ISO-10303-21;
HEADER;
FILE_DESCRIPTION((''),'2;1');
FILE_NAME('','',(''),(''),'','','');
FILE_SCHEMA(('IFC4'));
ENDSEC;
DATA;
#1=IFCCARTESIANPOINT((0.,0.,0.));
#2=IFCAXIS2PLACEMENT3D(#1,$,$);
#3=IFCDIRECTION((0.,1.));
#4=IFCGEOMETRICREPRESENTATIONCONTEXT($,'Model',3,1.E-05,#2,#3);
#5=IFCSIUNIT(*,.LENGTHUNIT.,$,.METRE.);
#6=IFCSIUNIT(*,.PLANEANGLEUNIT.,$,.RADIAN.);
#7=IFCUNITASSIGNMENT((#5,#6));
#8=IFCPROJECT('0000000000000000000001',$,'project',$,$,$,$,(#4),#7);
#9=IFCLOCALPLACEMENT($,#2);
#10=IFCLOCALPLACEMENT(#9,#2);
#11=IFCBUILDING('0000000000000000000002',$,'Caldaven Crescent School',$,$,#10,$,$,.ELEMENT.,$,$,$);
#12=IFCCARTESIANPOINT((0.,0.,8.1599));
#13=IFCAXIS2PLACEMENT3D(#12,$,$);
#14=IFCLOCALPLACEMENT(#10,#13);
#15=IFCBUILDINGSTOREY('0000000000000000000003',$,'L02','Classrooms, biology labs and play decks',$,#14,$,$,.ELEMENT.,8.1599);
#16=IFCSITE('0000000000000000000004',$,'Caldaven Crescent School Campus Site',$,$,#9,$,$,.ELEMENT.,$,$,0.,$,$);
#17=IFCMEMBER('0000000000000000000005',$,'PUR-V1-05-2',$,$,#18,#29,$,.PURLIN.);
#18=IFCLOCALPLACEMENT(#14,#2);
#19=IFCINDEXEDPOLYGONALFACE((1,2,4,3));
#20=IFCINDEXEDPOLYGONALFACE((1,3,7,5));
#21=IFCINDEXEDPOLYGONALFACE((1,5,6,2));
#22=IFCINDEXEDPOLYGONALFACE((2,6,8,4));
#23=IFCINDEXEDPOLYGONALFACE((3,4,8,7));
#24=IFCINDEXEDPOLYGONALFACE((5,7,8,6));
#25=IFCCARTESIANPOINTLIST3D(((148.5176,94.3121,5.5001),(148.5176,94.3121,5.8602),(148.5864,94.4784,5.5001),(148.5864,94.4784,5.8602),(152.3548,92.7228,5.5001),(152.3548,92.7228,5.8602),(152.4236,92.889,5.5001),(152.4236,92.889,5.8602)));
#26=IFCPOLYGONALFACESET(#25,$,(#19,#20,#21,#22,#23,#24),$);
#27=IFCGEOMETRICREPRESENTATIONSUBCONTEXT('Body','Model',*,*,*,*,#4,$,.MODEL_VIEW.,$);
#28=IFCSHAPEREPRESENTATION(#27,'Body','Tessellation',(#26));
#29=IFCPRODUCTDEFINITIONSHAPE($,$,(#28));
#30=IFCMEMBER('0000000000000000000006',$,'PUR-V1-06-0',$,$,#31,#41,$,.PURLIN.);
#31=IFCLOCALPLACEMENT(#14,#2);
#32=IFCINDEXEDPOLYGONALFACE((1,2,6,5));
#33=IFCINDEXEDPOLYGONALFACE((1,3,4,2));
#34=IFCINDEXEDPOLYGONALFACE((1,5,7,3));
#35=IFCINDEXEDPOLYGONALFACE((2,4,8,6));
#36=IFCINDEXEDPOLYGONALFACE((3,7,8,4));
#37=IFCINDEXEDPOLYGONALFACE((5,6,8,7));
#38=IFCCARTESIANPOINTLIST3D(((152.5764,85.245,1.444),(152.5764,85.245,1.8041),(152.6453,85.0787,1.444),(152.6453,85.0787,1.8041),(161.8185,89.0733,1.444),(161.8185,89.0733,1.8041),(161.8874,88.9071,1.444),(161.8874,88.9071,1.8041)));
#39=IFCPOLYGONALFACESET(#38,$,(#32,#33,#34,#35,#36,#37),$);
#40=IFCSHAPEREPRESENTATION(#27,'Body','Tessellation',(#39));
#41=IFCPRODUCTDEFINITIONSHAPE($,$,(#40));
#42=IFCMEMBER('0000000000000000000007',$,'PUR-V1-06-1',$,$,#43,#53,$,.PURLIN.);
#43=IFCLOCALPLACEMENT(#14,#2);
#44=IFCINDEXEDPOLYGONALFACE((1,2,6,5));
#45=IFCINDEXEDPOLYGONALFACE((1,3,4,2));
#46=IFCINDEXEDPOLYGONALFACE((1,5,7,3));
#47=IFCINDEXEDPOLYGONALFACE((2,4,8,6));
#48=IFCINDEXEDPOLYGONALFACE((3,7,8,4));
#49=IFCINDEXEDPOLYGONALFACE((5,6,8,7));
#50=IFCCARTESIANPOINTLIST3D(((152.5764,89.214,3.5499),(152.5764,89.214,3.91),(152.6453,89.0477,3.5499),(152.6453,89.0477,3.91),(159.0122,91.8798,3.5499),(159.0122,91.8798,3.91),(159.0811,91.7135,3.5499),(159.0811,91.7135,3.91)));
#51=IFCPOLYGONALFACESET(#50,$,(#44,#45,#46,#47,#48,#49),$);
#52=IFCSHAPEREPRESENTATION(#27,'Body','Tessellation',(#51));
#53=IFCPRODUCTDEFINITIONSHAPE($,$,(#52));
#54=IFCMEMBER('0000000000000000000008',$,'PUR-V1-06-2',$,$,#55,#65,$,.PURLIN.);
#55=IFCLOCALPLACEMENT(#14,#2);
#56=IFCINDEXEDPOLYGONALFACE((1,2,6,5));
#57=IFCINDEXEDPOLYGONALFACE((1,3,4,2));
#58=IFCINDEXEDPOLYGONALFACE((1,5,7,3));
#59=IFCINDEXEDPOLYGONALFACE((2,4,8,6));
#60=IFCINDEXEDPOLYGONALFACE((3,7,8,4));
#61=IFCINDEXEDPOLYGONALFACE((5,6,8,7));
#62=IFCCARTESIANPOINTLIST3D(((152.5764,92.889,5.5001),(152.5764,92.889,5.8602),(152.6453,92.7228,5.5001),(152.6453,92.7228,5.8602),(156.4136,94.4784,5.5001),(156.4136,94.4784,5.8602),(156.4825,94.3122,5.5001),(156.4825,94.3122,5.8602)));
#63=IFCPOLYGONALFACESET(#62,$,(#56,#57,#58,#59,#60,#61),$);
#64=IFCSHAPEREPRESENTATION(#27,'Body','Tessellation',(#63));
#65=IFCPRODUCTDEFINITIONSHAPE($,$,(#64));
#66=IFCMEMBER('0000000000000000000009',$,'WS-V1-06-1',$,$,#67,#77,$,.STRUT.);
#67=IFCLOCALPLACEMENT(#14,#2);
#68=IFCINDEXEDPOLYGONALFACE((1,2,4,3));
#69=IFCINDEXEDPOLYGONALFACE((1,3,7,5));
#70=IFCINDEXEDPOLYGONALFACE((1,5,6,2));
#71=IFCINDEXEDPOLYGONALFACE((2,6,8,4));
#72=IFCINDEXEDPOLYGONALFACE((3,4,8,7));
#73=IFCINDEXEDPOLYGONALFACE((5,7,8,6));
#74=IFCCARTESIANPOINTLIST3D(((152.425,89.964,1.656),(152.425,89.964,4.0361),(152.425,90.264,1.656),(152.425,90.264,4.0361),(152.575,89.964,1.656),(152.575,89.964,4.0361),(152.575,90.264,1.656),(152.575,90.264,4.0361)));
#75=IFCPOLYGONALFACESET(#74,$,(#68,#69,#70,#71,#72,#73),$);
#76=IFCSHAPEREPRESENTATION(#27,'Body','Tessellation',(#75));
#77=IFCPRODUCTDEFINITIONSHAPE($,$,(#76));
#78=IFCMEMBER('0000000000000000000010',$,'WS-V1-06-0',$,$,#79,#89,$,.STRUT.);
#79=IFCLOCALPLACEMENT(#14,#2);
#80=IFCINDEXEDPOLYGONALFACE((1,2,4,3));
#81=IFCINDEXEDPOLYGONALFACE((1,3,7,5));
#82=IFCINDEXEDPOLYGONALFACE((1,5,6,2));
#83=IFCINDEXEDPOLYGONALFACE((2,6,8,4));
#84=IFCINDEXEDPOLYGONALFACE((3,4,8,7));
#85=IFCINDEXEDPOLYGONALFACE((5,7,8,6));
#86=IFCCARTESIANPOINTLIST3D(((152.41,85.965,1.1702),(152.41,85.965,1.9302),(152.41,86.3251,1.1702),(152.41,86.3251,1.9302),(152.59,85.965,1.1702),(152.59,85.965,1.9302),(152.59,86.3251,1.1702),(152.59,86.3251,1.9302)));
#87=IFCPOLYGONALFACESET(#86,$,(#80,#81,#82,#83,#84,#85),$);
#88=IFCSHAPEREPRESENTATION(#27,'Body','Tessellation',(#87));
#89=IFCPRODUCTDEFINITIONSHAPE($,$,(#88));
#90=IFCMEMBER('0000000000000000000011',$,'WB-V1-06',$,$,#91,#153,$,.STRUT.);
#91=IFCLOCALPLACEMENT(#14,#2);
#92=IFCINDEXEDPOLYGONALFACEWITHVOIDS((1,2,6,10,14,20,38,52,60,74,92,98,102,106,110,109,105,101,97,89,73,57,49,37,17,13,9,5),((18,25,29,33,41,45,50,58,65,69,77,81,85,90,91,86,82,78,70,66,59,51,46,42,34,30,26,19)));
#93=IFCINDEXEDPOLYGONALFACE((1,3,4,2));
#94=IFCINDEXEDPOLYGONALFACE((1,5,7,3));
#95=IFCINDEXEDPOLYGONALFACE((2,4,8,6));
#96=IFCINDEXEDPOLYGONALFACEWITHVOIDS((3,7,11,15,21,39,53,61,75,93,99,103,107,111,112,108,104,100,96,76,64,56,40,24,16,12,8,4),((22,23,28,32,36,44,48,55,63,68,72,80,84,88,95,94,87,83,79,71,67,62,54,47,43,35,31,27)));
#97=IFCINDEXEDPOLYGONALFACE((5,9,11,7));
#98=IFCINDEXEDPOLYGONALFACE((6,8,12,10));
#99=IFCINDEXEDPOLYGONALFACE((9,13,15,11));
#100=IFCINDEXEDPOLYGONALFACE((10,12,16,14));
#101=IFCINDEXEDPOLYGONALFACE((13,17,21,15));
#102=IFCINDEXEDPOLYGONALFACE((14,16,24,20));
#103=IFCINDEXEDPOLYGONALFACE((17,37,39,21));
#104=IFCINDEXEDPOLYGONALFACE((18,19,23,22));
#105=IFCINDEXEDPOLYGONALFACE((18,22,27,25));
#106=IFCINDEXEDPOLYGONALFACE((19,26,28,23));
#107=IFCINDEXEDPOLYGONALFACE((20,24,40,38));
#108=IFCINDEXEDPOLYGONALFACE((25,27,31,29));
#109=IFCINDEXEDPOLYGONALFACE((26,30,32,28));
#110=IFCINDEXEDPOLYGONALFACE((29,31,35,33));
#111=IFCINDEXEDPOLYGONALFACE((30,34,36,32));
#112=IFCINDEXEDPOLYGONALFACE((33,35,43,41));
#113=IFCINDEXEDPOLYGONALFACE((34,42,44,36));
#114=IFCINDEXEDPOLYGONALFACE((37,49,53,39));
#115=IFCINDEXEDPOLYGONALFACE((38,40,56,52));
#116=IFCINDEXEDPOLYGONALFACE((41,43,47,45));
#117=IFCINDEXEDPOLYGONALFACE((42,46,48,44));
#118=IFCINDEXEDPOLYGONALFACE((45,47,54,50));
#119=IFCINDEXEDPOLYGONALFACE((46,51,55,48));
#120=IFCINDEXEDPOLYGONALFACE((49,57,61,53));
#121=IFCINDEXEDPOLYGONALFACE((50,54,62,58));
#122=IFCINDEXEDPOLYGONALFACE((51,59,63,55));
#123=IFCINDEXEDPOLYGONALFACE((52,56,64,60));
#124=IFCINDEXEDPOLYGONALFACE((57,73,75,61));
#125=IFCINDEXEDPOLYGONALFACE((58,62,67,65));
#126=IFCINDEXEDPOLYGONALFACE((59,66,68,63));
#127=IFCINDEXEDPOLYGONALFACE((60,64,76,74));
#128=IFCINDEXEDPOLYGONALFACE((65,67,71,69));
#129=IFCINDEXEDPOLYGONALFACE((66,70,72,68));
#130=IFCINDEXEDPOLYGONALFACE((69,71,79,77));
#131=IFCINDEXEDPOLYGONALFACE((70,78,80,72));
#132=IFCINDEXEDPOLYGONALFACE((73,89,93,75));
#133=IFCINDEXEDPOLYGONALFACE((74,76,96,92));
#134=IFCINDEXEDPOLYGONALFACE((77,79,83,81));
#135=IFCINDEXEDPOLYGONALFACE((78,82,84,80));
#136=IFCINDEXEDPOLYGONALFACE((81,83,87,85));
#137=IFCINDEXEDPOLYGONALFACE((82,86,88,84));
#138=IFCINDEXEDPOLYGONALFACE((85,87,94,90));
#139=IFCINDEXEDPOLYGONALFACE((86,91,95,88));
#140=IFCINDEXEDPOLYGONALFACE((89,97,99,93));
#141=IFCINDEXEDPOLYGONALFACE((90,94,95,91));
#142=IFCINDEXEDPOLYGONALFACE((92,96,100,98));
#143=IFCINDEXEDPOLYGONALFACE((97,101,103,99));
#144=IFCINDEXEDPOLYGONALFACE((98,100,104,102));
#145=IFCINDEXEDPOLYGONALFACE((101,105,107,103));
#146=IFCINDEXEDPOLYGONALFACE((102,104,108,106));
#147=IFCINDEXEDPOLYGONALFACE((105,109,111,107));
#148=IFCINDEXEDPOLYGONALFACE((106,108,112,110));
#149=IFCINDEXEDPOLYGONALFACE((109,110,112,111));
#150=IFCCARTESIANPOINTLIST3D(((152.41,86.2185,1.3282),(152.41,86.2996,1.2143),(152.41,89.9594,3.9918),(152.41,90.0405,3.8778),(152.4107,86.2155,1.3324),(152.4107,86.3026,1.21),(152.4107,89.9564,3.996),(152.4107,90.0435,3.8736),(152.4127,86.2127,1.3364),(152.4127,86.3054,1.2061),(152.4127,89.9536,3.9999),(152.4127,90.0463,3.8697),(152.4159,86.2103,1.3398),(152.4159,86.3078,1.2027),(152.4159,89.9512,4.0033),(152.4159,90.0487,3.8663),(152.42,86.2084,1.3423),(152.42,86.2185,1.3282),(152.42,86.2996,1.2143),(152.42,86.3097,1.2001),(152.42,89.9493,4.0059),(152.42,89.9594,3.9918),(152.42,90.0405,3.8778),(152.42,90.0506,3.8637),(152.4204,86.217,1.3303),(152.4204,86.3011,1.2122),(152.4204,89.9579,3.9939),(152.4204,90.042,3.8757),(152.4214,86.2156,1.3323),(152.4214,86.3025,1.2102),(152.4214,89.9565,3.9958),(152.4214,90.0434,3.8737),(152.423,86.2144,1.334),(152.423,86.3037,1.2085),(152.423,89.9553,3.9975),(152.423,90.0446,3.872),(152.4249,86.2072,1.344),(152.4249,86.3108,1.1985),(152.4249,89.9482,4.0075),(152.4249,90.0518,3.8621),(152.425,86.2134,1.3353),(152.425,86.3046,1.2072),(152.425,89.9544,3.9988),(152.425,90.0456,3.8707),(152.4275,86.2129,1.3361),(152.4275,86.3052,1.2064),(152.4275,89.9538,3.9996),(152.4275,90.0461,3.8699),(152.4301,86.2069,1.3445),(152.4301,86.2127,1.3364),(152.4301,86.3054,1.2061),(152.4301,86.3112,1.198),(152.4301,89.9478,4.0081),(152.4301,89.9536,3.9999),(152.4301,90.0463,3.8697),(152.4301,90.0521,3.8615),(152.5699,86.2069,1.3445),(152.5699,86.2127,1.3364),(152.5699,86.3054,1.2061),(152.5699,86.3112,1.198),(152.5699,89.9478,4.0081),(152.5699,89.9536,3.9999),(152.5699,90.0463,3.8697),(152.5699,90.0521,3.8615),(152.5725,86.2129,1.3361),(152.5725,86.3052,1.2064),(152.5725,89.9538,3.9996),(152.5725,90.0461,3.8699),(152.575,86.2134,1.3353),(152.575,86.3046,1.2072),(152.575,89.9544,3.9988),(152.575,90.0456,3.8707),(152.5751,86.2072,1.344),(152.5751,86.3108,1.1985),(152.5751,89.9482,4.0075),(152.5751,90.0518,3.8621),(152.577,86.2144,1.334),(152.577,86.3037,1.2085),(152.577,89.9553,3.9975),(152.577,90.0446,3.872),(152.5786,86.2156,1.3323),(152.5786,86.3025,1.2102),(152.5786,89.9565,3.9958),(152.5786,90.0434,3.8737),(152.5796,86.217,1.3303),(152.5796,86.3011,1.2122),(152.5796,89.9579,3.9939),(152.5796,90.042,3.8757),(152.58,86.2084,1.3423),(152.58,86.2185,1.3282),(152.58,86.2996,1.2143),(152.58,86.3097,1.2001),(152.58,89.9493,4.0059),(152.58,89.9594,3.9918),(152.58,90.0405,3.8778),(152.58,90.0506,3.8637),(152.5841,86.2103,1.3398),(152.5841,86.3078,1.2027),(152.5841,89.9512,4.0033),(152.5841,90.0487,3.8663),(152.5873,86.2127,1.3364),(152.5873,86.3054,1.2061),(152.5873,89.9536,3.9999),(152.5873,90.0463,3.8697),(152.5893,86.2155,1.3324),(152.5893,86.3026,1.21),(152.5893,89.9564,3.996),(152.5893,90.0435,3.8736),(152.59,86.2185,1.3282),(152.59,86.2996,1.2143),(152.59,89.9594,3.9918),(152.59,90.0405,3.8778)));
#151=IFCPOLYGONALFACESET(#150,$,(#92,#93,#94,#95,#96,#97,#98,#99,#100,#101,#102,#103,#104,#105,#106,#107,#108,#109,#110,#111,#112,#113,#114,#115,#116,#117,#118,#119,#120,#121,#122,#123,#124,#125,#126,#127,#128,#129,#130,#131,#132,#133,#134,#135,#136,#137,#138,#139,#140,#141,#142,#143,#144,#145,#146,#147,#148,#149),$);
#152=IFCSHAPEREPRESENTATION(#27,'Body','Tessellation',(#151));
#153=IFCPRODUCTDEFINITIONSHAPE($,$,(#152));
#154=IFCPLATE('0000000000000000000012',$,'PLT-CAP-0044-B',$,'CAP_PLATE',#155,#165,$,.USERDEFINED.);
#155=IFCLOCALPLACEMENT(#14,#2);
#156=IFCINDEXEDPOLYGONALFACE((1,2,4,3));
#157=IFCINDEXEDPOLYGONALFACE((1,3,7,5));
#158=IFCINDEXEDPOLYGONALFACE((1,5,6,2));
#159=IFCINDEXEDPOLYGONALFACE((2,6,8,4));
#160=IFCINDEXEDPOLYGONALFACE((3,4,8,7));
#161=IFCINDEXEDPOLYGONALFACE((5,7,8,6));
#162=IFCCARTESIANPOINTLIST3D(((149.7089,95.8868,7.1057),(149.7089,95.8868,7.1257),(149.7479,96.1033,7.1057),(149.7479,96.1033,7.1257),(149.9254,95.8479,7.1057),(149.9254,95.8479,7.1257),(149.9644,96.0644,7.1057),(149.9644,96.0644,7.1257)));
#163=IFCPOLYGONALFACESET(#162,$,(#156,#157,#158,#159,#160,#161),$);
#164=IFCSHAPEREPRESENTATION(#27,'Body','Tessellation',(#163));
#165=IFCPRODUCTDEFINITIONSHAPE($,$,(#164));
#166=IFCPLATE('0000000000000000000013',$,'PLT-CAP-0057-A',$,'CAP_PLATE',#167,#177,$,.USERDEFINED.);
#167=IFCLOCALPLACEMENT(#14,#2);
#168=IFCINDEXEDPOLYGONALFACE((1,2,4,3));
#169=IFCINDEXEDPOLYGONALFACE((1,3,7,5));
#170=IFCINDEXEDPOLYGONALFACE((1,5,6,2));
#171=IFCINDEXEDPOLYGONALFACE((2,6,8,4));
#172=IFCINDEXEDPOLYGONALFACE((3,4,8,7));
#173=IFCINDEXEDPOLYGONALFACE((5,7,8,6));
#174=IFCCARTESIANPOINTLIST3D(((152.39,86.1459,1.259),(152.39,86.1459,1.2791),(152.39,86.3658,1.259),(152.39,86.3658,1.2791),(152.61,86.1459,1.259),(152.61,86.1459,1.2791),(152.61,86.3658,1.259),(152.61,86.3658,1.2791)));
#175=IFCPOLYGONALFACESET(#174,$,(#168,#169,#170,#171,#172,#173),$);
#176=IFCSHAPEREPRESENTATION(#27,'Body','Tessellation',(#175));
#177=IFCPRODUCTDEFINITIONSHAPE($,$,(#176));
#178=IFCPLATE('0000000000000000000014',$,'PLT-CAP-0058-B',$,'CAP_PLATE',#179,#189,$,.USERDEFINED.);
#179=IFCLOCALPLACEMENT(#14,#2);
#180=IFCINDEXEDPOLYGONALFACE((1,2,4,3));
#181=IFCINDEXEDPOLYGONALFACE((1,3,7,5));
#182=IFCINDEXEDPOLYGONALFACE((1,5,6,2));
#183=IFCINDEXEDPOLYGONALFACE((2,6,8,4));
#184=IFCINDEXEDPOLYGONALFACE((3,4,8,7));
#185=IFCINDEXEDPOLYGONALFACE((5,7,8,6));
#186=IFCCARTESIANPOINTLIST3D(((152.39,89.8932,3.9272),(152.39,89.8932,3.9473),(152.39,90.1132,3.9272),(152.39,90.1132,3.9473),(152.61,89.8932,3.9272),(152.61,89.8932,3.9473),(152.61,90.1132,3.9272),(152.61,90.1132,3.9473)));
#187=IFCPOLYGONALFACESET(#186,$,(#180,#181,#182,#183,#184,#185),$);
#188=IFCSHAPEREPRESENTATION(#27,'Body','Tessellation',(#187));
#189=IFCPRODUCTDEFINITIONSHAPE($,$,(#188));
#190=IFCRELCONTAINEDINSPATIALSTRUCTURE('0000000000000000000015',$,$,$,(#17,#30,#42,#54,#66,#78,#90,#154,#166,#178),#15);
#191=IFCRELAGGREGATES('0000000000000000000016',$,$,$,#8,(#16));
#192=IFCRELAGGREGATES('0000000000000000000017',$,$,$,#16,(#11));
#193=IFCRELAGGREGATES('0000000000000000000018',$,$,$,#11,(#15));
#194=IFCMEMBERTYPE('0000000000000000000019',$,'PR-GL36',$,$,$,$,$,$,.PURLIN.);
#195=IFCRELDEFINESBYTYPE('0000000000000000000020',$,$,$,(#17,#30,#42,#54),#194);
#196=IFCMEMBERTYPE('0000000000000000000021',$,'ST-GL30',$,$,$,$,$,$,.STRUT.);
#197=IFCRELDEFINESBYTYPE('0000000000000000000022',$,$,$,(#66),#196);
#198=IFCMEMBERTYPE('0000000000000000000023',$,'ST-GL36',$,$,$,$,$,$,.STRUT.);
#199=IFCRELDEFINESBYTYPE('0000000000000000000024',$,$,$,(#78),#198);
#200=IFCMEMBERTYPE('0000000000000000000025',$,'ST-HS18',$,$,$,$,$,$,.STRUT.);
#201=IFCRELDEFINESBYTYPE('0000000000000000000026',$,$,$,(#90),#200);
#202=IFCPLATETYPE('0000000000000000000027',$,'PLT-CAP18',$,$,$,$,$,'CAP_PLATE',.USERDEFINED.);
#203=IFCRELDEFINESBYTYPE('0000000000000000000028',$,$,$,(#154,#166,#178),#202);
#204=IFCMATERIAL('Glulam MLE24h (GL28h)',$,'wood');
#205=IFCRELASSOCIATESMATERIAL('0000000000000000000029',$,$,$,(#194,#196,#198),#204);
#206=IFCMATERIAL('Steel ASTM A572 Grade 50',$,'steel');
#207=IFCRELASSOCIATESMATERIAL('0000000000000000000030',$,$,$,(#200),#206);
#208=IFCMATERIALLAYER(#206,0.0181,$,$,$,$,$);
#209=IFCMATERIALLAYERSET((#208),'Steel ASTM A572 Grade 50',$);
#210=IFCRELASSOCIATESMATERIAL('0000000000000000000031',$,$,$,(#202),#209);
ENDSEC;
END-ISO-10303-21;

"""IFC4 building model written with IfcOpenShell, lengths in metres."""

from ifc_helpers import new_model, si_unit, direction, frame, origin, origin_2d, place, context, subcontext, project, spatial, rectangle, hollow_rectangle, extrude, material, layer, layer_set, material_profile, profile_set, type_object, element, save


model = new_model("IFC4")

# Units and contexts
model_context = context("Model", 3, precision=1e-05, world=origin(), true_north=direction((0.0, 1.0)))
body_context = subcontext(model_context, "Body", "Model", "MODEL_VIEW")
ifc_project = project(units=[si_unit("LENGTHUNIT", "METRE"), si_unit("PLANEANGLEUNIT", "RADIAN")], contexts=[model_context])

# Site, building, storey
site_placement = place(None, origin())
site = spatial("IfcSite", under=ifc_project, at=site_placement, Name="Caldaven Crescent School Campus Site", CompositionType="ELEMENT", RefElevation=0.0)
building_placement = place(site_placement, origin())
building = spatial("IfcBuilding", under=site, at=building_placement, Name="Caldaven Crescent School", CompositionType="ELEMENT")
storey_placement = place(building_placement, frame((0.0, 0.0, 8.1599)))
storey = spatial("IfcBuildingStorey", under=building, at=storey_placement, Name="L02", Description="Classrooms, biology labs and play decks", CompositionType="ELEMENT", Elevation=8.1599)

# Shared definitions
ifc_material_1 = material(Name="Steel ASTM A572 Grade 50", Category="steel")

# Shared definitions
ifc_material_2 = material(Name="Glulam MLE24h (GL28h)", Category="wood")

# Members
ifc_material_profile_1 = material_profile(ifc_material_2, rectangle(XDim=0.1799, YDim=0.3601, at=origin_2d()), Name="MLE 180x360")
ifc_profile_set_1 = profile_set([ifc_material_profile_1], Name="Glulam MLE24h (GL28h)")
member_type_1 = type_object("IfcMemberType", Name="PR-GL36", PredefinedType="PURLIN", material=ifc_profile_set_1)
member_1_placement = place(storey_placement, frame((148.552, 94.3953, 5.6802), z_axis=(0.923884, -0.382674, 0.0), x_axis=(0.382674, 0.923884, 0.0)))
element("IfcMember", 1, at=member_1_placement, inside=storey, type_object=member_type_1, Name="PUR-V1-05-2", PredefinedType="PURLIN", context=body_context, shape_type="SweptSolid", body=[
    extrude(rectangle(XDim=0.1799, YDim=0.3601, at=origin_2d()), origin(), (0.0, 0.0, 1.0), 4.1533),
])
member_2_placement = place(storey_placement, frame((152.6108, 85.1619, 1.624), z_axis=(0.923875, 0.382695, 0.0), x_axis=(-0.382695, 0.923875, 0.0)))
element("IfcMember", 2, at=member_2_placement, inside=storey, type_object=member_type_1, Name="PUR-V1-06-0", PredefinedType="PURLIN", context=body_context, shape_type="SweptSolid", body=[
    extrude(rectangle(XDim=0.1799, YDim=0.3601, at=origin_2d()), origin(), (0.0, 0.0, 1.0), 10.0037),
])
member_3_placement = place(storey_placement, frame((152.6108, 89.1309, 3.73), z_axis=(0.923881, 0.382681, 0.0), x_axis=(-0.382681, 0.923881, 0.0)))
element("IfcMember", 3, at=member_3_placement, inside=storey, type_object=member_type_1, Name="PUR-V1-06-1", PredefinedType="PURLIN", context=body_context, shape_type="SweptSolid", body=[
    extrude(rectangle(XDim=0.1799, YDim=0.3601, at=origin_2d()), origin(), (0.0, 0.0, 1.0), 6.9661),
])
member_4_placement = place(storey_placement, frame((152.6108, 92.8059, 5.6802), z_axis=(0.923884, 0.382674, 0.0), x_axis=(-0.382674, 0.923884, 0.0)))
element("IfcMember", 4, at=member_4_placement, inside=storey, type_object=member_type_1, Name="PUR-V1-06-2", PredefinedType="PURLIN", context=body_context, shape_type="SweptSolid", body=[
    extrude(rectangle(XDim=0.1799, YDim=0.3601, at=origin_2d()), origin(), (0.0, 0.0, 1.0), 4.1533),
])
ifc_material_profile_2 = material_profile(ifc_material_2, rectangle(XDim=0.1499, YDim=0.3, at=origin_2d()), Name="MLE 150x300")
ifc_profile_set_2 = profile_set([ifc_material_profile_2], Name="Glulam MLE24h (GL28h)")
member_type_2 = type_object("IfcMemberType", Name="ST-GL30", PredefinedType="STRUT", material=ifc_profile_set_2)
member_5_placement = place(storey_placement, frame((152.5, 90.114, 1.656), z_axis=(0.0, 0.0, 1.0), x_axis=(1.0, 0.0, 0.0)))
element("IfcMember", 5, at=member_5_placement, inside=storey, type_object=member_type_2, Name="WS-V1-06-1", PredefinedType="STRUT", context=body_context, shape_type="SweptSolid", body=[
    extrude(rectangle(XDim=0.1499, YDim=0.3, at=origin_2d()), origin(), (0.0, 0.0, 1.0), 2.3801),
])
ifc_material_profile_3 = material_profile(ifc_material_2, rectangle(XDim=0.1799, YDim=0.3601, at=origin_2d()), Name="MLE 180x360")
ifc_profile_set_3 = profile_set([ifc_material_profile_3], Name="Glulam MLE24h (GL28h)")
member_type_3 = type_object("IfcMemberType", Name="ST-GL36", PredefinedType="STRUT", material=ifc_profile_set_3)
member_6_placement = place(storey_placement, frame((152.5, 86.145, 1.1702), z_axis=(0.0, 0.0, 1.0), x_axis=(1.0, 0.0, 0.0)))
element("IfcMember", 6, at=member_6_placement, inside=storey, type_object=member_type_3, Name="WS-V1-06-0", PredefinedType="STRUT", context=body_context, shape_type="SweptSolid", body=[
    extrude(rectangle(XDim=0.1799, YDim=0.3601, at=origin_2d()), origin(), (0.0, 0.0, 1.0), 0.76),
])
ifc_material_profile_4 = material_profile(ifc_material_1, hollow_rectangle(XDim=0.1799, YDim=0.1799, WallThickness=0.01, InnerFilletRadius=0.01, OuterFilletRadius=0.02, at=origin_2d()), Name="HSS 180x180x10")
ifc_profile_set_4 = profile_set([ifc_material_profile_4], Name="Steel ASTM A572 Grade 50")
member_type_4 = type_object("IfcMemberType", Name="ST-HS18", PredefinedType="STRUT", material=ifc_profile_set_4)
member_7_placement = place(storey_placement, frame((152.5, 86.259, 1.2712), z_axis=(0.0, 0.814613, 0.580005), x_axis=(-1.0, 0.0, 0.0)))
element("IfcMember", 7, at=member_7_placement, inside=storey, type_object=member_type_4, Name="WB-V1-06", PredefinedType="STRUT", context=body_context, shape_type="SweptSolid", body=[
    extrude(hollow_rectangle(XDim=0.1799, YDim=0.1799, WallThickness=0.01, InnerFilletRadius=0.01, OuterFilletRadius=0.02, at=origin_2d()), origin(), (0.0, 0.0, 1.0), 4.5923),
])

# Plates
ifc_layer_1 = layer(ifc_material_1, 0.0181)
ifc_layer_set_1 = layer_set([ifc_layer_1], Name="Steel ASTM A572 Grade 50")
plate_type_1 = type_object("IfcPlateType", Name="PLT-CAP18", ElementType="CAP_PLATE", PredefinedType="USERDEFINED", material=ifc_layer_set_1)
for number, where, z_axis, x_axis, name in (
    (8, (149.8367, 95.9756, 7.1057), (0.0, 0.0, 1.0), (0.984196, -0.177085, 0.0), "PLT-CAP-0044-B"),
    (9, (152.5, 86.2559, 1.259), (0.0, 0.0, 1.0), (0.0, 1.0, 0.0), "PLT-CAP-0057-A"),
    (10, (152.5, 90.0032, 3.9272), (0.0, 0.0, 1.0), (0.0, 1.0, 0.0), "PLT-CAP-0058-B"),
):
    element("IfcPlate", number, at=place(storey_placement, frame(where, z_axis=z_axis, x_axis=x_axis)), inside=storey, type_object=plate_type_1, Name=name, ObjectType="CAP_PLATE", PredefinedType="USERDEFINED", context=body_context, shape_type="SweptSolid", body=[
        extrude(rectangle(XDim=0.22, YDim=0.22, at=origin_2d()), origin(), (0.0, 0.0, 1.0), 0.02),
    ])

save(model, "model.ifc")
